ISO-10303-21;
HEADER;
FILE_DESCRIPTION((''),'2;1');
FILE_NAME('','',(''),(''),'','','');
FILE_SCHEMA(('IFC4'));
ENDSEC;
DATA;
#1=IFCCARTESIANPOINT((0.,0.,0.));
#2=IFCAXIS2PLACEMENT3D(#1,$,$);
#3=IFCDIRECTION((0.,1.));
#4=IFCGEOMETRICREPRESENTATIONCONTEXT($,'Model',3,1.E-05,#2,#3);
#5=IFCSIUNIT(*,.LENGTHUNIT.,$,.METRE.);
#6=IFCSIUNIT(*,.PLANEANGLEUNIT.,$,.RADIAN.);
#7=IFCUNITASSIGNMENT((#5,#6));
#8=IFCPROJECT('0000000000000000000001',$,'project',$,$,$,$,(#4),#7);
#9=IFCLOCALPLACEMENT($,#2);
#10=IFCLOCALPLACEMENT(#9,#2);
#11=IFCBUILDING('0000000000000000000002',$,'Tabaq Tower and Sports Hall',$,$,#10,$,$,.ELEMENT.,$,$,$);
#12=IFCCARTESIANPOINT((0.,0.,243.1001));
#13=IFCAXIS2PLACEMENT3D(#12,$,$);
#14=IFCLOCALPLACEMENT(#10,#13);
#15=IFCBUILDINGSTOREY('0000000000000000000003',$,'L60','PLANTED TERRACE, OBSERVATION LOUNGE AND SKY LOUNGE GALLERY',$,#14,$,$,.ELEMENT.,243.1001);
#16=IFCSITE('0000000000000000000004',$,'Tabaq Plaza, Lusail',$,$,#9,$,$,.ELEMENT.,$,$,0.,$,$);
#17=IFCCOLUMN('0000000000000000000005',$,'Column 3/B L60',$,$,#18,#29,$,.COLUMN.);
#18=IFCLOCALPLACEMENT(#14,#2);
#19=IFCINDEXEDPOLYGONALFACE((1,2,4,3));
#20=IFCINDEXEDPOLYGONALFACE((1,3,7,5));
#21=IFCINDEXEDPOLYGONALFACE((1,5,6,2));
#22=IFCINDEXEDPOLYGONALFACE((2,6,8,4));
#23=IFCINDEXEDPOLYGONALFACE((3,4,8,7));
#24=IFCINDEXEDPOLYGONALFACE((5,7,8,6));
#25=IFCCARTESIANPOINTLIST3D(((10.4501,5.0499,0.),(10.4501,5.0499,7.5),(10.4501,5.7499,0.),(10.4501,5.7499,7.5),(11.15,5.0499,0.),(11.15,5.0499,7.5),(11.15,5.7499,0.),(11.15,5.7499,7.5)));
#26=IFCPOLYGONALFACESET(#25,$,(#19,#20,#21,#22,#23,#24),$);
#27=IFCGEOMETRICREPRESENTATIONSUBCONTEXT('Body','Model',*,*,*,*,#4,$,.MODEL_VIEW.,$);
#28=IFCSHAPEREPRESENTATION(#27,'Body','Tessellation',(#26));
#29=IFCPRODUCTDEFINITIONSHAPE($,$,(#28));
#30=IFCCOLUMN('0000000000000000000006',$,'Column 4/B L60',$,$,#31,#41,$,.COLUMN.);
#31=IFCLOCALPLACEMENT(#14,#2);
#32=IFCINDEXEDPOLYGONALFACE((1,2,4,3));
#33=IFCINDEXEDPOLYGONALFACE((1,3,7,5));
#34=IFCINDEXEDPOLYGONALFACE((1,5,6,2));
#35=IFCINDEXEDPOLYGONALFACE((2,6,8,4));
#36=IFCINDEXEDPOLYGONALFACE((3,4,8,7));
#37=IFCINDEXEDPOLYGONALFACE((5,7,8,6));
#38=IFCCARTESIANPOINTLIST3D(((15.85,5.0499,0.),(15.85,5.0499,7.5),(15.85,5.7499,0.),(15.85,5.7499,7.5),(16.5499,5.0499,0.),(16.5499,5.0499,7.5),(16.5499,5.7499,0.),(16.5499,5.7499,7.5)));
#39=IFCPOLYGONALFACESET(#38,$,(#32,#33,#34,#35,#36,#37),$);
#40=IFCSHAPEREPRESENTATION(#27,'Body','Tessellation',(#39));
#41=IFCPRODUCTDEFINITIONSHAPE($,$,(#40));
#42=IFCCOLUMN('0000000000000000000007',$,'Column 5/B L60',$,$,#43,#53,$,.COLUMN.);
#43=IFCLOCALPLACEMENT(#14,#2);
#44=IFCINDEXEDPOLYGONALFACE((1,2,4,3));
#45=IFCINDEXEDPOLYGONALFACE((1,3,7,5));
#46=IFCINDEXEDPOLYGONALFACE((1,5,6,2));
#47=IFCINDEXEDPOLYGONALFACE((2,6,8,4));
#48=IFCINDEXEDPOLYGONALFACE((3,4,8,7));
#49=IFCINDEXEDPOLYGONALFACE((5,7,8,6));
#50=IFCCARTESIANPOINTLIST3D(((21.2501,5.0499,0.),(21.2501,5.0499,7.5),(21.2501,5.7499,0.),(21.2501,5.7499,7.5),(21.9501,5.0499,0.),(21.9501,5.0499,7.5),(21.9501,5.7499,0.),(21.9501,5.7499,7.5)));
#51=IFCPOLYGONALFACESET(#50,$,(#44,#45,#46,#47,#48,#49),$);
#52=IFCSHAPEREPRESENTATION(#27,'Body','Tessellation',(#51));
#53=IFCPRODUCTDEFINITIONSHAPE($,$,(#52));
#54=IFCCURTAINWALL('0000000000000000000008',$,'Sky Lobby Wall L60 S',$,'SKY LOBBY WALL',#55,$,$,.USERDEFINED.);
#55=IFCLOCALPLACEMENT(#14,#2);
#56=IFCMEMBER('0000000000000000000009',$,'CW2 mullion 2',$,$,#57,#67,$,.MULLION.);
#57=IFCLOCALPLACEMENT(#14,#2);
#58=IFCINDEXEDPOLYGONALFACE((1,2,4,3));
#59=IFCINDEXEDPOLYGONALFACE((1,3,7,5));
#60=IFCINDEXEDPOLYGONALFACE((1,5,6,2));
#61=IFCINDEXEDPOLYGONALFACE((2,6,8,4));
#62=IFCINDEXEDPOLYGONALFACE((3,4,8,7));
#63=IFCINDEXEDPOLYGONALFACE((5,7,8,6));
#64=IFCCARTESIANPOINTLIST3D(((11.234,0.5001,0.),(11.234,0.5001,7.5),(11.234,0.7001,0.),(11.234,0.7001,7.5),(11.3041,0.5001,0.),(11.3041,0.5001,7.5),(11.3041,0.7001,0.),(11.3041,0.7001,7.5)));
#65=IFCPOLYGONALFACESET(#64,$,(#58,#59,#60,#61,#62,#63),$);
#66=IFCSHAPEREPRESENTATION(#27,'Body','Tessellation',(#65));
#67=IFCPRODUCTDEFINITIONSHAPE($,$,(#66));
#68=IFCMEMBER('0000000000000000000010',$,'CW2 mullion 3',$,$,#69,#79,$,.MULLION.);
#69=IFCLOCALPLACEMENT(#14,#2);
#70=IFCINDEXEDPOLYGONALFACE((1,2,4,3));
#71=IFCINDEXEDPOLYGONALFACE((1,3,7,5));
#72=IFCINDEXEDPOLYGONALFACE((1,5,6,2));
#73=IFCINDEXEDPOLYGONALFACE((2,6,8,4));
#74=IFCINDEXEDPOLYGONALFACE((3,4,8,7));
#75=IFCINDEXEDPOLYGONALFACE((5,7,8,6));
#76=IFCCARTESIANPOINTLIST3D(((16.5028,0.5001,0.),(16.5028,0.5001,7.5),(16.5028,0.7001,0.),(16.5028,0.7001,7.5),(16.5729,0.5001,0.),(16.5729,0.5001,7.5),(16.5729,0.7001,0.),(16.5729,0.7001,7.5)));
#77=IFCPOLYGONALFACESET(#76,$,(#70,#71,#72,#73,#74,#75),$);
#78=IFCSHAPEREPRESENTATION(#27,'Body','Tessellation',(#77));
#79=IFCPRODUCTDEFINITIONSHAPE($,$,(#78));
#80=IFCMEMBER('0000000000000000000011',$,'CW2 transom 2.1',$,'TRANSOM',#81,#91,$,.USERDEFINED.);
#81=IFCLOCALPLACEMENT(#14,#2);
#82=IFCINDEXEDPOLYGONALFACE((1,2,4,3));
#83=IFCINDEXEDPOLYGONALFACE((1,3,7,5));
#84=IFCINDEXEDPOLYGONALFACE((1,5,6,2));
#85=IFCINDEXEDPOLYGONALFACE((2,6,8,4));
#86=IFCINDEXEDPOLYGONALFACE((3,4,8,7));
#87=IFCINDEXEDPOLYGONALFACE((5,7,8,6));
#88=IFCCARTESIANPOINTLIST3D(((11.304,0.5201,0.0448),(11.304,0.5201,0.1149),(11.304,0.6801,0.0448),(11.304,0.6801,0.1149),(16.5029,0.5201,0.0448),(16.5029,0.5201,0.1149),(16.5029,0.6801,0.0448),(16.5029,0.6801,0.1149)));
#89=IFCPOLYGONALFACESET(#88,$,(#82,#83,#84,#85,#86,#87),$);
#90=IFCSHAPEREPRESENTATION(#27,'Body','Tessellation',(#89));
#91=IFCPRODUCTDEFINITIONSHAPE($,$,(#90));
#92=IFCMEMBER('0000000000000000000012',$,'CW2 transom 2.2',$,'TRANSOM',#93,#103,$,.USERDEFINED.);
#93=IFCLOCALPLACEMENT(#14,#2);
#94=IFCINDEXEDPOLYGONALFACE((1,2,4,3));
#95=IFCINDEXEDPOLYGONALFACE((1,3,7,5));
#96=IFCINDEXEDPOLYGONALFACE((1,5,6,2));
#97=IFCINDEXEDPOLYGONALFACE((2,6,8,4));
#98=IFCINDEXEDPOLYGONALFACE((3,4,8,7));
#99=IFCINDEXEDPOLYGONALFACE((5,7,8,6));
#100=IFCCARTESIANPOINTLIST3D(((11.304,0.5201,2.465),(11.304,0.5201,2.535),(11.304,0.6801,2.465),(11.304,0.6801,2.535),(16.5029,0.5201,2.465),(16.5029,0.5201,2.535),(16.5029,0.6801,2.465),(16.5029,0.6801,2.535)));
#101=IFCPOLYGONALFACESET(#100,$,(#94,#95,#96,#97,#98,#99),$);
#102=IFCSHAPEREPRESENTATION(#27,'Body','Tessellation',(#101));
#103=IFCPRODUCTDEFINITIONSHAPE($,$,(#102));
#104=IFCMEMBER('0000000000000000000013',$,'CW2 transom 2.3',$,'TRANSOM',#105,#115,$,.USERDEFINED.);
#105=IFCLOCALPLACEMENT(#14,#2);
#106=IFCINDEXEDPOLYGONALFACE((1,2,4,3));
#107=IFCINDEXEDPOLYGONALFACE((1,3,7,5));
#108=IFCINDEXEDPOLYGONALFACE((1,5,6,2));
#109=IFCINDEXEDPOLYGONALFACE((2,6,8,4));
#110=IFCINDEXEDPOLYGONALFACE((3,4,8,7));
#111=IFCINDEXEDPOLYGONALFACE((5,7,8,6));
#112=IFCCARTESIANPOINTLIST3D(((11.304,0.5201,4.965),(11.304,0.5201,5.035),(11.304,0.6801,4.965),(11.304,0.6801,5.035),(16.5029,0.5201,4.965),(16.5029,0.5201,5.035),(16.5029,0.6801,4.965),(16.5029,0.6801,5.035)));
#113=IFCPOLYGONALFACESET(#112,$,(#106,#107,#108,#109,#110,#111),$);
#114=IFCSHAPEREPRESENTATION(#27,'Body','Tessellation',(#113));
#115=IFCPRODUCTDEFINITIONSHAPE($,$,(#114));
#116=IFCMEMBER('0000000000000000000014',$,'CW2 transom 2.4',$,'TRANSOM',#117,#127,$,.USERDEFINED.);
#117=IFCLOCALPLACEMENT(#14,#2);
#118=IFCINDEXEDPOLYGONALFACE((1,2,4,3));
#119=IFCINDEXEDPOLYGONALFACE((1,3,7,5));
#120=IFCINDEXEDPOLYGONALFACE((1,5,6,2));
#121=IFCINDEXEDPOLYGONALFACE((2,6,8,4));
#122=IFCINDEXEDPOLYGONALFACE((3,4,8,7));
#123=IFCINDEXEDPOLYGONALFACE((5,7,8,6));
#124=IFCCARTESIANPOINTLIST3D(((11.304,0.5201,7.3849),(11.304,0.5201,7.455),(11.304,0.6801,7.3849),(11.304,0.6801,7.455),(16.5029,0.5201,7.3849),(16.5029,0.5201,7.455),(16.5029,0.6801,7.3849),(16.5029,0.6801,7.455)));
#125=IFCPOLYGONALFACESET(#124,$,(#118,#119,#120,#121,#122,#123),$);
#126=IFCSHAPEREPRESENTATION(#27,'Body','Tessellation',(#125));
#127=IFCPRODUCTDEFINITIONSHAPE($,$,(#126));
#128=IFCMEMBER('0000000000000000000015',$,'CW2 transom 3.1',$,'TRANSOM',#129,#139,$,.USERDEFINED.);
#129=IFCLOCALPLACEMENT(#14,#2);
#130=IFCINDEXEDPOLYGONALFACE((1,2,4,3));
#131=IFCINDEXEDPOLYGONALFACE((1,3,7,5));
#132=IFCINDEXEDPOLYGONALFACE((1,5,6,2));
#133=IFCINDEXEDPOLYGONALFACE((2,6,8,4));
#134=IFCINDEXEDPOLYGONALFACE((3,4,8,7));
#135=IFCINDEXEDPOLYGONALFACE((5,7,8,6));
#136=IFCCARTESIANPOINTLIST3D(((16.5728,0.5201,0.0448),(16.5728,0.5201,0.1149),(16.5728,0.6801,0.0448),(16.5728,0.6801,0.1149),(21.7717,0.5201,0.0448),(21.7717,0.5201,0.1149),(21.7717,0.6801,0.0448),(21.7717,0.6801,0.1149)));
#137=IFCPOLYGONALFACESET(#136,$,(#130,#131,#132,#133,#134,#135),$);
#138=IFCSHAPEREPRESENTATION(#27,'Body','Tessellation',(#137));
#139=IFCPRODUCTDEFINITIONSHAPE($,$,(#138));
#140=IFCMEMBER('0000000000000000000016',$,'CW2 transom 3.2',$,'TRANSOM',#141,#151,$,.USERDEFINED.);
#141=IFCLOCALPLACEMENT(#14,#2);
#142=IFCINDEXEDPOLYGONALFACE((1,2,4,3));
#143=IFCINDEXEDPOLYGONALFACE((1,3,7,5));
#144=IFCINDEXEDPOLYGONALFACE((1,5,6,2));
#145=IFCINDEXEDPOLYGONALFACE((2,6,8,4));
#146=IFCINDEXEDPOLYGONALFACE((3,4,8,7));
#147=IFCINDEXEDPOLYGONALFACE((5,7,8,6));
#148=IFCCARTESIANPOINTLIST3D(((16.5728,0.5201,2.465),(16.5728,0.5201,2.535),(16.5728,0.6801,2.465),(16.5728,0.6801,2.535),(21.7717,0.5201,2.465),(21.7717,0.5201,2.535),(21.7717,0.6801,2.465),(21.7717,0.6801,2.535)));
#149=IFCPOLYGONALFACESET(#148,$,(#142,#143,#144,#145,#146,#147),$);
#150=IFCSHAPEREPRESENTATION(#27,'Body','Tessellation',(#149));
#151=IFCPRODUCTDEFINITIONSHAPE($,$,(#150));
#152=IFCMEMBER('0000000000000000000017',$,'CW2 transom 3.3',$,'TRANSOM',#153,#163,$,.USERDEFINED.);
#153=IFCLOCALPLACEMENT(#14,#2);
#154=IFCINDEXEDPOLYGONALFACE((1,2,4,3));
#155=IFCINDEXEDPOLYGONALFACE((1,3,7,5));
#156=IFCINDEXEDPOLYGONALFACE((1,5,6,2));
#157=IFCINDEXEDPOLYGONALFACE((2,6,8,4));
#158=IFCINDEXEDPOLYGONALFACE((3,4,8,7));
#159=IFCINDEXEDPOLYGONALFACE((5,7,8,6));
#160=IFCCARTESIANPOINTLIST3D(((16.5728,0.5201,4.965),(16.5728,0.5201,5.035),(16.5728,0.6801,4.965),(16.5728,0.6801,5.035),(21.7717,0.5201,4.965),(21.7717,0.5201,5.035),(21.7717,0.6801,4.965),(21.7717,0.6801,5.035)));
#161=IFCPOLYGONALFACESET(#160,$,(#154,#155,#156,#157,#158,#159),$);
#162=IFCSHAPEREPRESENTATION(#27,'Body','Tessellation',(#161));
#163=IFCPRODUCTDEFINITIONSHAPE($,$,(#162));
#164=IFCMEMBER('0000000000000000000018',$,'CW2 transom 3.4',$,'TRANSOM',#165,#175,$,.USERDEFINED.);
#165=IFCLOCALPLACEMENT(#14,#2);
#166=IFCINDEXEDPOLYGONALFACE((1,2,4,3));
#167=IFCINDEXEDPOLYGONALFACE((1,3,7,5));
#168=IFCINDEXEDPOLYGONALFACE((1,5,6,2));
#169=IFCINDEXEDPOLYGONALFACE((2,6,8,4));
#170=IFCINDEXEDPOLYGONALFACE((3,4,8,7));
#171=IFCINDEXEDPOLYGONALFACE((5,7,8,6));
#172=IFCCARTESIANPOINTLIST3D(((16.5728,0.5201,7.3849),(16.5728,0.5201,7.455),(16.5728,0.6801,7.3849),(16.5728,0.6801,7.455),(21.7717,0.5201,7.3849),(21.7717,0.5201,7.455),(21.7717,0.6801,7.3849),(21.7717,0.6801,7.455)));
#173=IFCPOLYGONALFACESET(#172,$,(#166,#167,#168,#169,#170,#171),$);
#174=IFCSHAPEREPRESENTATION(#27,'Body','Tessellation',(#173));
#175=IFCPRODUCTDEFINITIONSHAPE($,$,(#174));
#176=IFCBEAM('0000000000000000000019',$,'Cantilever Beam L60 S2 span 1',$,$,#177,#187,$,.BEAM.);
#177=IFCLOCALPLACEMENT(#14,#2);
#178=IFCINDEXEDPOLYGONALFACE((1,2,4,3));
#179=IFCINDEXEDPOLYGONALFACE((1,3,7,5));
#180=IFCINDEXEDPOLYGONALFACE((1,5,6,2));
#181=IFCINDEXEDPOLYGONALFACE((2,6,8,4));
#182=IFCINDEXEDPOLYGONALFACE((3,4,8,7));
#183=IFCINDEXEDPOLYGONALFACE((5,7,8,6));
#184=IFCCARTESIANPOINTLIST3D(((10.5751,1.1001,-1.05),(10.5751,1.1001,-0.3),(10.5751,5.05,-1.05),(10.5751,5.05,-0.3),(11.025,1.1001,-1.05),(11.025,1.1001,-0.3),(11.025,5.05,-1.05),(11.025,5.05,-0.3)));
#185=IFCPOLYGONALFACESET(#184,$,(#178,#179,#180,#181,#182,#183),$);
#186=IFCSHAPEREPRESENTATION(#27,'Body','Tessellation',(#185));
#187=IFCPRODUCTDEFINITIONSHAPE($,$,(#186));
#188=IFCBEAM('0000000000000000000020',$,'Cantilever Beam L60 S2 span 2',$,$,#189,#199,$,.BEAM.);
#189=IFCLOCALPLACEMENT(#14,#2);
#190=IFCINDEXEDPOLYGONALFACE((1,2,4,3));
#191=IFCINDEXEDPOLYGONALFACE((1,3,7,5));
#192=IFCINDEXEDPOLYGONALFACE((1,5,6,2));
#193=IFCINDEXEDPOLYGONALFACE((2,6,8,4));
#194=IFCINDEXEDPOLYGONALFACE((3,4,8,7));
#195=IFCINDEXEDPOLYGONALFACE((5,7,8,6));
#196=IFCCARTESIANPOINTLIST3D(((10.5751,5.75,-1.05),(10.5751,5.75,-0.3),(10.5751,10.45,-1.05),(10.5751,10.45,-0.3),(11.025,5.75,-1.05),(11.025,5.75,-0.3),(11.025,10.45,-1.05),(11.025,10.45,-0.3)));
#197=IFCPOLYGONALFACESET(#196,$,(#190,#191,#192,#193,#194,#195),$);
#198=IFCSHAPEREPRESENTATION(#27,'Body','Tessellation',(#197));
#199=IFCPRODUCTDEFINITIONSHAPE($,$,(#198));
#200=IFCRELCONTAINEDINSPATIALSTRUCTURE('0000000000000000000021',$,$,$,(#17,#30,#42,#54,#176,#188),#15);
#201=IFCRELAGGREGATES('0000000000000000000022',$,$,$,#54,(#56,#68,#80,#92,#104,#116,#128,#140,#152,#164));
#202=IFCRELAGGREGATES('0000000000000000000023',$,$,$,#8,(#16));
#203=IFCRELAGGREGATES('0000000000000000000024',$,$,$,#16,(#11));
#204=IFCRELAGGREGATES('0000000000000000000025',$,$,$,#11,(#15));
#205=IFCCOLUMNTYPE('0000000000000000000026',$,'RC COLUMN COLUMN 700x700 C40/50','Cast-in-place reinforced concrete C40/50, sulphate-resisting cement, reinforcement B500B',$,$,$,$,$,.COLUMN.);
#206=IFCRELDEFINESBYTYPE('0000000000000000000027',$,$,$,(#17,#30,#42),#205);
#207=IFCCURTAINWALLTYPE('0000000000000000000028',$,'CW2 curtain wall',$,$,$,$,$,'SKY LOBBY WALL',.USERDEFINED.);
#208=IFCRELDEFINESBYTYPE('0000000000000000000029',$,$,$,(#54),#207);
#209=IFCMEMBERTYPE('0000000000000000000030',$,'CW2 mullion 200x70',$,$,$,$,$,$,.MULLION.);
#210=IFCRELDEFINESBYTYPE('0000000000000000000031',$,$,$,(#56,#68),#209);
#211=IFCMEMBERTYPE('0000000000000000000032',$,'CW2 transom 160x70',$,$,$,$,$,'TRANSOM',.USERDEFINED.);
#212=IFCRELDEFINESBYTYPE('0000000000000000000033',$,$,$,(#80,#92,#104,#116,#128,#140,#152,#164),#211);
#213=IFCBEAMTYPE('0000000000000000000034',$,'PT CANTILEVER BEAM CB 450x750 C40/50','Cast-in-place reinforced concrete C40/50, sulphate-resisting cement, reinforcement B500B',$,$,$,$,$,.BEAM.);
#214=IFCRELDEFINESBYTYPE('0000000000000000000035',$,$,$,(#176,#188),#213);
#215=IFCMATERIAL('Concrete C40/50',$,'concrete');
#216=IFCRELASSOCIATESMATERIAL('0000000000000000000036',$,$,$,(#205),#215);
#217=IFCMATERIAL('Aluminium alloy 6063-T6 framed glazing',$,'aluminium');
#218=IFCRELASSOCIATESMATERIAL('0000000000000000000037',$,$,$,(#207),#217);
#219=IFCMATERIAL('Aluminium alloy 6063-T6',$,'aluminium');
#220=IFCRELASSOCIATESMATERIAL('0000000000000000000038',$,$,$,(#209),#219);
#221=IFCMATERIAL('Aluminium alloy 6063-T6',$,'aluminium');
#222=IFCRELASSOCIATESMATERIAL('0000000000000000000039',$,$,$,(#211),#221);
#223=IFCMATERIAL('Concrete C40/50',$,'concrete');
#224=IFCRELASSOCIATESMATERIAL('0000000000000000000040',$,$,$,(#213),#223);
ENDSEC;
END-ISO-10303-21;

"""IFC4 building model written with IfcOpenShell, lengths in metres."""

from ifc_helpers import new_model, si_unit, direction, frame, origin, origin_2d, place, context, subcontext, project, spatial, rectangle, extrude, material, material_profile, profile_set, type_object, element, aggregate, save


model = new_model("IFC4")

# Units and contexts
model_context = context("Model", 3, precision=1e-05, world=origin(), true_north=direction((0.0, 1.0)))
body_context = subcontext(model_context, "Body", "Model", "MODEL_VIEW")
ifc_project = project(units=[si_unit("LENGTHUNIT", "METRE"), si_unit("PLANEANGLEUNIT", "RADIAN")], contexts=[model_context])

# Site, building, storey
site_placement = place(None, origin())
site = spatial("IfcSite", under=ifc_project, at=site_placement, Name="Tabaq Plaza, Lusail", CompositionType="ELEMENT", RefElevation=0.0)
building_placement = place(site_placement, origin())
building = spatial("IfcBuilding", under=site, at=building_placement, Name="Tabaq Tower and Sports Hall", CompositionType="ELEMENT")
storey_placement = place(building_placement, frame((0.0, 0.0, 243.1001)))
storey = spatial("IfcBuildingStorey", under=building, at=storey_placement, Name="L60", Description="PLANTED TERRACE, OBSERVATION LOUNGE AND SKY LOUNGE GALLERY", CompositionType="ELEMENT", Elevation=243.1001)

# Columns
ifc_material_1 = material(Name="Concrete C40/50", Category="concrete")
ifc_material_profile_1 = material_profile(ifc_material_1, rectangle(XDim=0.7, YDim=0.7, at=origin_2d()), Name="COLUMN 700x700")
ifc_profile_set_1 = profile_set([ifc_material_profile_1], Name="Concrete C40/50")
column_type = type_object("IfcColumnType", Name="RC COLUMN COLUMN 700x700 C40/50", Description="Cast-in-place reinforced concrete C40/50, sulphate-resisting cement, reinforcement B500B", PredefinedType="COLUMN", material=ifc_profile_set_1)
for number, where, z_axis, x_axis, name in (
    (1, (10.8, 5.3999, 0.0), (0.0, 0.0, 1.0), (1.0, 0.0, 0.0), "Column 3/B L60"),
    (2, (16.2, 5.3999, 0.0), (0.0, 0.0, 1.0), (1.0, 0.0, 0.0), "Column 4/B L60"),
    (3, (21.6001, 5.3999, 0.0), (0.0, 0.0, 1.0), (1.0, 0.0, 0.0), "Column 5/B L60"),
):
    element("IfcColumn", number, at=place(storey_placement, frame(where, z_axis=z_axis, x_axis=x_axis)), inside=storey, type_object=column_type, Name=name, PredefinedType="COLUMN", context=body_context, shape_type="SweptSolid", body=[
        extrude(rectangle(XDim=0.7, YDim=0.7, at=origin_2d()), origin(), (0.0, 0.0, 1.0), 7.5),
    ])

# Curtain wall, members
ifc_material_2 = material(Name="Aluminium alloy 6063-T6 framed glazing", Category="aluminium")
curtain_wall_type = type_object("IfcCurtainWallType", Name="CW2 curtain wall", ElementType="SKY LOBBY WALL", PredefinedType="USERDEFINED", material=ifc_material_2)
curtain_wall_placement = place(storey_placement, origin())
curtain_wall = element("IfcCurtainWall", 4, at=curtain_wall_placement, inside=storey, type_object=curtain_wall_type, Name="Sky Lobby Wall L60 S", ObjectType="SKY LOBBY WALL", PredefinedType="USERDEFINED")
ifc_material_3 = material(Name="Aluminium alloy 6063-T6", Category="aluminium")
ifc_material_profile_2 = material_profile(ifc_material_3, rectangle(XDim=0.2, YDim=0.0701, at=origin_2d()), Name="MULLION 200x70")
ifc_profile_set_2 = profile_set([ifc_material_profile_2], Name="Aluminium alloy 6063-T6")
member_type_1 = type_object("IfcMemberType", Name="CW2 mullion 200x70", PredefinedType="MULLION", material=ifc_profile_set_2)
member_1_placement = place(storey_placement, frame((11.269, 0.6001, 0.0), z_axis=(0.0, 0.0, 1.0), x_axis=(0.0, 1.0, 0.0)))
member_1 = element("IfcMember", 5, at=member_1_placement, type_object=member_type_1, Name="CW2 mullion 2", PredefinedType="MULLION", context=body_context, shape_type="SweptSolid", body=[
    extrude(rectangle(XDim=0.2, YDim=0.0701, at=origin_2d()), origin(), (0.0, 0.0, 1.0), 7.5),
])
member_2_placement = place(storey_placement, frame((16.5378, 0.6001, 0.0), z_axis=(0.0, 0.0, 1.0), x_axis=(0.0, 1.0, 0.0)))
member_2 = element("IfcMember", 6, at=member_2_placement, type_object=member_type_1, Name="CW2 mullion 3", PredefinedType="MULLION", context=body_context, shape_type="SweptSolid", body=[
    extrude(rectangle(XDim=0.2, YDim=0.0701, at=origin_2d()), origin(), (0.0, 0.0, 1.0), 7.5),
])
ifc_material_4 = material(Name="Aluminium alloy 6063-T6", Category="aluminium")
ifc_material_profile_3 = material_profile(ifc_material_4, rectangle(XDim=0.1599, YDim=0.0701, at=origin_2d()), Name="TRANSOM 160x70")
ifc_profile_set_3 = profile_set([ifc_material_profile_3], Name="Aluminium alloy 6063-T6")
member_type_2 = type_object("IfcMemberType", Name="CW2 transom 160x70", ElementType="TRANSOM", PredefinedType="USERDEFINED", material=ifc_profile_set_3)
member_3_placement = place(storey_placement, frame((11.304, 0.6001, 0.0798), z_axis=(1.0, 0.0, 0.0), x_axis=(0.0, 1.0, 0.0)))
member_3 = element("IfcMember", 7, at=member_3_placement, type_object=member_type_2, Name="CW2 transom 2.1", ObjectType="TRANSOM", PredefinedType="USERDEFINED", context=body_context, shape_type="SweptSolid", body=[
    extrude(rectangle(XDim=0.1599, YDim=0.0701, at=origin_2d()), origin(), (0.0, 0.0, 1.0), 5.199),
])
member_4_placement = place(storey_placement, frame((11.304, 0.6001, 2.5), z_axis=(1.0, 0.0, 0.0), x_axis=(0.0, 1.0, 0.0)))
member_4 = element("IfcMember", 8, at=member_4_placement, type_object=member_type_2, Name="CW2 transom 2.2", ObjectType="TRANSOM", PredefinedType="USERDEFINED", context=body_context, shape_type="SweptSolid", body=[
    extrude(rectangle(XDim=0.1599, YDim=0.0701, at=origin_2d()), origin(), (0.0, 0.0, 1.0), 5.199),
])
member_5_placement = place(storey_placement, frame((11.304, 0.6001, 5.0), z_axis=(1.0, 0.0, 0.0), x_axis=(0.0, 1.0, 0.0)))
member_5 = element("IfcMember", 9, at=member_5_placement, type_object=member_type_2, Name="CW2 transom 2.3", ObjectType="TRANSOM", PredefinedType="USERDEFINED", context=body_context, shape_type="SweptSolid", body=[
    extrude(rectangle(XDim=0.1599, YDim=0.0701, at=origin_2d()), origin(), (0.0, 0.0, 1.0), 5.199),
])
member_6_placement = place(storey_placement, frame((11.304, 0.6001, 7.4199), z_axis=(1.0, 0.0, 0.0), x_axis=(0.0, 1.0, 0.0)))
member_6 = element("IfcMember", 10, at=member_6_placement, type_object=member_type_2, Name="CW2 transom 2.4", ObjectType="TRANSOM", PredefinedType="USERDEFINED", context=body_context, shape_type="SweptSolid", body=[
    extrude(rectangle(XDim=0.1599, YDim=0.0701, at=origin_2d()), origin(), (0.0, 0.0, 1.0), 5.199),
])
member_7_placement = place(storey_placement, frame((16.5728, 0.6001, 0.0798), z_axis=(1.0, 0.0, 0.0), x_axis=(0.0, 1.0, 0.0)))
member_7 = element("IfcMember", 11, at=member_7_placement, type_object=member_type_2, Name="CW2 transom 3.1", ObjectType="TRANSOM", PredefinedType="USERDEFINED", context=body_context, shape_type="SweptSolid", body=[
    extrude(rectangle(XDim=0.1599, YDim=0.0701, at=origin_2d()), origin(), (0.0, 0.0, 1.0), 5.199),
])
member_8_placement = place(storey_placement, frame((16.5728, 0.6001, 2.5), z_axis=(1.0, 0.0, 0.0), x_axis=(0.0, 1.0, 0.0)))
member_8 = element("IfcMember", 12, at=member_8_placement, type_object=member_type_2, Name="CW2 transom 3.2", ObjectType="TRANSOM", PredefinedType="USERDEFINED", context=body_context, shape_type="SweptSolid", body=[
    extrude(rectangle(XDim=0.1599, YDim=0.0701, at=origin_2d()), origin(), (0.0, 0.0, 1.0), 5.199),
])
member_9_placement = place(storey_placement, frame((16.5728, 0.6001, 5.0), z_axis=(1.0, 0.0, 0.0), x_axis=(0.0, 1.0, 0.0)))
member_9 = element("IfcMember", 13, at=member_9_placement, type_object=member_type_2, Name="CW2 transom 3.3", ObjectType="TRANSOM", PredefinedType="USERDEFINED", context=body_context, shape_type="SweptSolid", body=[
    extrude(rectangle(XDim=0.1599, YDim=0.0701, at=origin_2d()), origin(), (0.0, 0.0, 1.0), 5.199),
])
member_10_placement = place(storey_placement, frame((16.5728, 0.6001, 7.4199), z_axis=(1.0, 0.0, 0.0), x_axis=(0.0, 1.0, 0.0)))
member_10 = element("IfcMember", 14, at=member_10_placement, type_object=member_type_2, Name="CW2 transom 3.4", ObjectType="TRANSOM", PredefinedType="USERDEFINED", context=body_context, shape_type="SweptSolid", body=[
    extrude(rectangle(XDim=0.1599, YDim=0.0701, at=origin_2d()), origin(), (0.0, 0.0, 1.0), 5.199),
])

# Beams
ifc_material_5 = material(Name="Concrete C40/50", Category="concrete")
ifc_material_profile_4 = material_profile(ifc_material_5, rectangle(XDim=0.45, YDim=0.75, at=origin_2d()), Name="CB 450x750")
ifc_profile_set_4 = profile_set([ifc_material_profile_4], Name="Concrete C40/50")
beam_type = type_object("IfcBeamType", Name="PT CANTILEVER BEAM CB 450x750 C40/50", Description="Cast-in-place reinforced concrete C40/50, sulphate-resisting cement, reinforcement B500B", PredefinedType="BEAM", material=ifc_profile_set_4)
beam_1_placement = place(storey_placement, frame((10.8, 1.1001, -0.675), z_axis=(0.0, 1.0, 0.0), x_axis=(-1.0, 0.0, 0.0)))
element("IfcBeam", 15, at=beam_1_placement, inside=storey, type_object=beam_type, Name="Cantilever Beam L60 S2 span 1", PredefinedType="BEAM", context=body_context, shape_type="SweptSolid", body=[
    extrude(rectangle(XDim=0.45, YDim=0.75, at=origin_2d()), origin(), (0.0, 0.0, 1.0), 3.95),
])
beam_2_placement = place(storey_placement, frame((10.8, 5.75, -0.675), z_axis=(0.0, 1.0, 0.0), x_axis=(-1.0, 0.0, 0.0)))
element("IfcBeam", 16, at=beam_2_placement, inside=storey, type_object=beam_type, Name="Cantilever Beam L60 S2 span 2", PredefinedType="BEAM", context=body_context, shape_type="SweptSolid", body=[
    extrude(rectangle(XDim=0.45, YDim=0.75, at=origin_2d()), origin(), (0.0, 0.0, 1.0), 4.7),
])

aggregate(curtain_wall, [member_1, member_2, member_3, member_4, member_5, member_6, member_7, member_8, member_9, member_10])

save(model, "model.ifc")
